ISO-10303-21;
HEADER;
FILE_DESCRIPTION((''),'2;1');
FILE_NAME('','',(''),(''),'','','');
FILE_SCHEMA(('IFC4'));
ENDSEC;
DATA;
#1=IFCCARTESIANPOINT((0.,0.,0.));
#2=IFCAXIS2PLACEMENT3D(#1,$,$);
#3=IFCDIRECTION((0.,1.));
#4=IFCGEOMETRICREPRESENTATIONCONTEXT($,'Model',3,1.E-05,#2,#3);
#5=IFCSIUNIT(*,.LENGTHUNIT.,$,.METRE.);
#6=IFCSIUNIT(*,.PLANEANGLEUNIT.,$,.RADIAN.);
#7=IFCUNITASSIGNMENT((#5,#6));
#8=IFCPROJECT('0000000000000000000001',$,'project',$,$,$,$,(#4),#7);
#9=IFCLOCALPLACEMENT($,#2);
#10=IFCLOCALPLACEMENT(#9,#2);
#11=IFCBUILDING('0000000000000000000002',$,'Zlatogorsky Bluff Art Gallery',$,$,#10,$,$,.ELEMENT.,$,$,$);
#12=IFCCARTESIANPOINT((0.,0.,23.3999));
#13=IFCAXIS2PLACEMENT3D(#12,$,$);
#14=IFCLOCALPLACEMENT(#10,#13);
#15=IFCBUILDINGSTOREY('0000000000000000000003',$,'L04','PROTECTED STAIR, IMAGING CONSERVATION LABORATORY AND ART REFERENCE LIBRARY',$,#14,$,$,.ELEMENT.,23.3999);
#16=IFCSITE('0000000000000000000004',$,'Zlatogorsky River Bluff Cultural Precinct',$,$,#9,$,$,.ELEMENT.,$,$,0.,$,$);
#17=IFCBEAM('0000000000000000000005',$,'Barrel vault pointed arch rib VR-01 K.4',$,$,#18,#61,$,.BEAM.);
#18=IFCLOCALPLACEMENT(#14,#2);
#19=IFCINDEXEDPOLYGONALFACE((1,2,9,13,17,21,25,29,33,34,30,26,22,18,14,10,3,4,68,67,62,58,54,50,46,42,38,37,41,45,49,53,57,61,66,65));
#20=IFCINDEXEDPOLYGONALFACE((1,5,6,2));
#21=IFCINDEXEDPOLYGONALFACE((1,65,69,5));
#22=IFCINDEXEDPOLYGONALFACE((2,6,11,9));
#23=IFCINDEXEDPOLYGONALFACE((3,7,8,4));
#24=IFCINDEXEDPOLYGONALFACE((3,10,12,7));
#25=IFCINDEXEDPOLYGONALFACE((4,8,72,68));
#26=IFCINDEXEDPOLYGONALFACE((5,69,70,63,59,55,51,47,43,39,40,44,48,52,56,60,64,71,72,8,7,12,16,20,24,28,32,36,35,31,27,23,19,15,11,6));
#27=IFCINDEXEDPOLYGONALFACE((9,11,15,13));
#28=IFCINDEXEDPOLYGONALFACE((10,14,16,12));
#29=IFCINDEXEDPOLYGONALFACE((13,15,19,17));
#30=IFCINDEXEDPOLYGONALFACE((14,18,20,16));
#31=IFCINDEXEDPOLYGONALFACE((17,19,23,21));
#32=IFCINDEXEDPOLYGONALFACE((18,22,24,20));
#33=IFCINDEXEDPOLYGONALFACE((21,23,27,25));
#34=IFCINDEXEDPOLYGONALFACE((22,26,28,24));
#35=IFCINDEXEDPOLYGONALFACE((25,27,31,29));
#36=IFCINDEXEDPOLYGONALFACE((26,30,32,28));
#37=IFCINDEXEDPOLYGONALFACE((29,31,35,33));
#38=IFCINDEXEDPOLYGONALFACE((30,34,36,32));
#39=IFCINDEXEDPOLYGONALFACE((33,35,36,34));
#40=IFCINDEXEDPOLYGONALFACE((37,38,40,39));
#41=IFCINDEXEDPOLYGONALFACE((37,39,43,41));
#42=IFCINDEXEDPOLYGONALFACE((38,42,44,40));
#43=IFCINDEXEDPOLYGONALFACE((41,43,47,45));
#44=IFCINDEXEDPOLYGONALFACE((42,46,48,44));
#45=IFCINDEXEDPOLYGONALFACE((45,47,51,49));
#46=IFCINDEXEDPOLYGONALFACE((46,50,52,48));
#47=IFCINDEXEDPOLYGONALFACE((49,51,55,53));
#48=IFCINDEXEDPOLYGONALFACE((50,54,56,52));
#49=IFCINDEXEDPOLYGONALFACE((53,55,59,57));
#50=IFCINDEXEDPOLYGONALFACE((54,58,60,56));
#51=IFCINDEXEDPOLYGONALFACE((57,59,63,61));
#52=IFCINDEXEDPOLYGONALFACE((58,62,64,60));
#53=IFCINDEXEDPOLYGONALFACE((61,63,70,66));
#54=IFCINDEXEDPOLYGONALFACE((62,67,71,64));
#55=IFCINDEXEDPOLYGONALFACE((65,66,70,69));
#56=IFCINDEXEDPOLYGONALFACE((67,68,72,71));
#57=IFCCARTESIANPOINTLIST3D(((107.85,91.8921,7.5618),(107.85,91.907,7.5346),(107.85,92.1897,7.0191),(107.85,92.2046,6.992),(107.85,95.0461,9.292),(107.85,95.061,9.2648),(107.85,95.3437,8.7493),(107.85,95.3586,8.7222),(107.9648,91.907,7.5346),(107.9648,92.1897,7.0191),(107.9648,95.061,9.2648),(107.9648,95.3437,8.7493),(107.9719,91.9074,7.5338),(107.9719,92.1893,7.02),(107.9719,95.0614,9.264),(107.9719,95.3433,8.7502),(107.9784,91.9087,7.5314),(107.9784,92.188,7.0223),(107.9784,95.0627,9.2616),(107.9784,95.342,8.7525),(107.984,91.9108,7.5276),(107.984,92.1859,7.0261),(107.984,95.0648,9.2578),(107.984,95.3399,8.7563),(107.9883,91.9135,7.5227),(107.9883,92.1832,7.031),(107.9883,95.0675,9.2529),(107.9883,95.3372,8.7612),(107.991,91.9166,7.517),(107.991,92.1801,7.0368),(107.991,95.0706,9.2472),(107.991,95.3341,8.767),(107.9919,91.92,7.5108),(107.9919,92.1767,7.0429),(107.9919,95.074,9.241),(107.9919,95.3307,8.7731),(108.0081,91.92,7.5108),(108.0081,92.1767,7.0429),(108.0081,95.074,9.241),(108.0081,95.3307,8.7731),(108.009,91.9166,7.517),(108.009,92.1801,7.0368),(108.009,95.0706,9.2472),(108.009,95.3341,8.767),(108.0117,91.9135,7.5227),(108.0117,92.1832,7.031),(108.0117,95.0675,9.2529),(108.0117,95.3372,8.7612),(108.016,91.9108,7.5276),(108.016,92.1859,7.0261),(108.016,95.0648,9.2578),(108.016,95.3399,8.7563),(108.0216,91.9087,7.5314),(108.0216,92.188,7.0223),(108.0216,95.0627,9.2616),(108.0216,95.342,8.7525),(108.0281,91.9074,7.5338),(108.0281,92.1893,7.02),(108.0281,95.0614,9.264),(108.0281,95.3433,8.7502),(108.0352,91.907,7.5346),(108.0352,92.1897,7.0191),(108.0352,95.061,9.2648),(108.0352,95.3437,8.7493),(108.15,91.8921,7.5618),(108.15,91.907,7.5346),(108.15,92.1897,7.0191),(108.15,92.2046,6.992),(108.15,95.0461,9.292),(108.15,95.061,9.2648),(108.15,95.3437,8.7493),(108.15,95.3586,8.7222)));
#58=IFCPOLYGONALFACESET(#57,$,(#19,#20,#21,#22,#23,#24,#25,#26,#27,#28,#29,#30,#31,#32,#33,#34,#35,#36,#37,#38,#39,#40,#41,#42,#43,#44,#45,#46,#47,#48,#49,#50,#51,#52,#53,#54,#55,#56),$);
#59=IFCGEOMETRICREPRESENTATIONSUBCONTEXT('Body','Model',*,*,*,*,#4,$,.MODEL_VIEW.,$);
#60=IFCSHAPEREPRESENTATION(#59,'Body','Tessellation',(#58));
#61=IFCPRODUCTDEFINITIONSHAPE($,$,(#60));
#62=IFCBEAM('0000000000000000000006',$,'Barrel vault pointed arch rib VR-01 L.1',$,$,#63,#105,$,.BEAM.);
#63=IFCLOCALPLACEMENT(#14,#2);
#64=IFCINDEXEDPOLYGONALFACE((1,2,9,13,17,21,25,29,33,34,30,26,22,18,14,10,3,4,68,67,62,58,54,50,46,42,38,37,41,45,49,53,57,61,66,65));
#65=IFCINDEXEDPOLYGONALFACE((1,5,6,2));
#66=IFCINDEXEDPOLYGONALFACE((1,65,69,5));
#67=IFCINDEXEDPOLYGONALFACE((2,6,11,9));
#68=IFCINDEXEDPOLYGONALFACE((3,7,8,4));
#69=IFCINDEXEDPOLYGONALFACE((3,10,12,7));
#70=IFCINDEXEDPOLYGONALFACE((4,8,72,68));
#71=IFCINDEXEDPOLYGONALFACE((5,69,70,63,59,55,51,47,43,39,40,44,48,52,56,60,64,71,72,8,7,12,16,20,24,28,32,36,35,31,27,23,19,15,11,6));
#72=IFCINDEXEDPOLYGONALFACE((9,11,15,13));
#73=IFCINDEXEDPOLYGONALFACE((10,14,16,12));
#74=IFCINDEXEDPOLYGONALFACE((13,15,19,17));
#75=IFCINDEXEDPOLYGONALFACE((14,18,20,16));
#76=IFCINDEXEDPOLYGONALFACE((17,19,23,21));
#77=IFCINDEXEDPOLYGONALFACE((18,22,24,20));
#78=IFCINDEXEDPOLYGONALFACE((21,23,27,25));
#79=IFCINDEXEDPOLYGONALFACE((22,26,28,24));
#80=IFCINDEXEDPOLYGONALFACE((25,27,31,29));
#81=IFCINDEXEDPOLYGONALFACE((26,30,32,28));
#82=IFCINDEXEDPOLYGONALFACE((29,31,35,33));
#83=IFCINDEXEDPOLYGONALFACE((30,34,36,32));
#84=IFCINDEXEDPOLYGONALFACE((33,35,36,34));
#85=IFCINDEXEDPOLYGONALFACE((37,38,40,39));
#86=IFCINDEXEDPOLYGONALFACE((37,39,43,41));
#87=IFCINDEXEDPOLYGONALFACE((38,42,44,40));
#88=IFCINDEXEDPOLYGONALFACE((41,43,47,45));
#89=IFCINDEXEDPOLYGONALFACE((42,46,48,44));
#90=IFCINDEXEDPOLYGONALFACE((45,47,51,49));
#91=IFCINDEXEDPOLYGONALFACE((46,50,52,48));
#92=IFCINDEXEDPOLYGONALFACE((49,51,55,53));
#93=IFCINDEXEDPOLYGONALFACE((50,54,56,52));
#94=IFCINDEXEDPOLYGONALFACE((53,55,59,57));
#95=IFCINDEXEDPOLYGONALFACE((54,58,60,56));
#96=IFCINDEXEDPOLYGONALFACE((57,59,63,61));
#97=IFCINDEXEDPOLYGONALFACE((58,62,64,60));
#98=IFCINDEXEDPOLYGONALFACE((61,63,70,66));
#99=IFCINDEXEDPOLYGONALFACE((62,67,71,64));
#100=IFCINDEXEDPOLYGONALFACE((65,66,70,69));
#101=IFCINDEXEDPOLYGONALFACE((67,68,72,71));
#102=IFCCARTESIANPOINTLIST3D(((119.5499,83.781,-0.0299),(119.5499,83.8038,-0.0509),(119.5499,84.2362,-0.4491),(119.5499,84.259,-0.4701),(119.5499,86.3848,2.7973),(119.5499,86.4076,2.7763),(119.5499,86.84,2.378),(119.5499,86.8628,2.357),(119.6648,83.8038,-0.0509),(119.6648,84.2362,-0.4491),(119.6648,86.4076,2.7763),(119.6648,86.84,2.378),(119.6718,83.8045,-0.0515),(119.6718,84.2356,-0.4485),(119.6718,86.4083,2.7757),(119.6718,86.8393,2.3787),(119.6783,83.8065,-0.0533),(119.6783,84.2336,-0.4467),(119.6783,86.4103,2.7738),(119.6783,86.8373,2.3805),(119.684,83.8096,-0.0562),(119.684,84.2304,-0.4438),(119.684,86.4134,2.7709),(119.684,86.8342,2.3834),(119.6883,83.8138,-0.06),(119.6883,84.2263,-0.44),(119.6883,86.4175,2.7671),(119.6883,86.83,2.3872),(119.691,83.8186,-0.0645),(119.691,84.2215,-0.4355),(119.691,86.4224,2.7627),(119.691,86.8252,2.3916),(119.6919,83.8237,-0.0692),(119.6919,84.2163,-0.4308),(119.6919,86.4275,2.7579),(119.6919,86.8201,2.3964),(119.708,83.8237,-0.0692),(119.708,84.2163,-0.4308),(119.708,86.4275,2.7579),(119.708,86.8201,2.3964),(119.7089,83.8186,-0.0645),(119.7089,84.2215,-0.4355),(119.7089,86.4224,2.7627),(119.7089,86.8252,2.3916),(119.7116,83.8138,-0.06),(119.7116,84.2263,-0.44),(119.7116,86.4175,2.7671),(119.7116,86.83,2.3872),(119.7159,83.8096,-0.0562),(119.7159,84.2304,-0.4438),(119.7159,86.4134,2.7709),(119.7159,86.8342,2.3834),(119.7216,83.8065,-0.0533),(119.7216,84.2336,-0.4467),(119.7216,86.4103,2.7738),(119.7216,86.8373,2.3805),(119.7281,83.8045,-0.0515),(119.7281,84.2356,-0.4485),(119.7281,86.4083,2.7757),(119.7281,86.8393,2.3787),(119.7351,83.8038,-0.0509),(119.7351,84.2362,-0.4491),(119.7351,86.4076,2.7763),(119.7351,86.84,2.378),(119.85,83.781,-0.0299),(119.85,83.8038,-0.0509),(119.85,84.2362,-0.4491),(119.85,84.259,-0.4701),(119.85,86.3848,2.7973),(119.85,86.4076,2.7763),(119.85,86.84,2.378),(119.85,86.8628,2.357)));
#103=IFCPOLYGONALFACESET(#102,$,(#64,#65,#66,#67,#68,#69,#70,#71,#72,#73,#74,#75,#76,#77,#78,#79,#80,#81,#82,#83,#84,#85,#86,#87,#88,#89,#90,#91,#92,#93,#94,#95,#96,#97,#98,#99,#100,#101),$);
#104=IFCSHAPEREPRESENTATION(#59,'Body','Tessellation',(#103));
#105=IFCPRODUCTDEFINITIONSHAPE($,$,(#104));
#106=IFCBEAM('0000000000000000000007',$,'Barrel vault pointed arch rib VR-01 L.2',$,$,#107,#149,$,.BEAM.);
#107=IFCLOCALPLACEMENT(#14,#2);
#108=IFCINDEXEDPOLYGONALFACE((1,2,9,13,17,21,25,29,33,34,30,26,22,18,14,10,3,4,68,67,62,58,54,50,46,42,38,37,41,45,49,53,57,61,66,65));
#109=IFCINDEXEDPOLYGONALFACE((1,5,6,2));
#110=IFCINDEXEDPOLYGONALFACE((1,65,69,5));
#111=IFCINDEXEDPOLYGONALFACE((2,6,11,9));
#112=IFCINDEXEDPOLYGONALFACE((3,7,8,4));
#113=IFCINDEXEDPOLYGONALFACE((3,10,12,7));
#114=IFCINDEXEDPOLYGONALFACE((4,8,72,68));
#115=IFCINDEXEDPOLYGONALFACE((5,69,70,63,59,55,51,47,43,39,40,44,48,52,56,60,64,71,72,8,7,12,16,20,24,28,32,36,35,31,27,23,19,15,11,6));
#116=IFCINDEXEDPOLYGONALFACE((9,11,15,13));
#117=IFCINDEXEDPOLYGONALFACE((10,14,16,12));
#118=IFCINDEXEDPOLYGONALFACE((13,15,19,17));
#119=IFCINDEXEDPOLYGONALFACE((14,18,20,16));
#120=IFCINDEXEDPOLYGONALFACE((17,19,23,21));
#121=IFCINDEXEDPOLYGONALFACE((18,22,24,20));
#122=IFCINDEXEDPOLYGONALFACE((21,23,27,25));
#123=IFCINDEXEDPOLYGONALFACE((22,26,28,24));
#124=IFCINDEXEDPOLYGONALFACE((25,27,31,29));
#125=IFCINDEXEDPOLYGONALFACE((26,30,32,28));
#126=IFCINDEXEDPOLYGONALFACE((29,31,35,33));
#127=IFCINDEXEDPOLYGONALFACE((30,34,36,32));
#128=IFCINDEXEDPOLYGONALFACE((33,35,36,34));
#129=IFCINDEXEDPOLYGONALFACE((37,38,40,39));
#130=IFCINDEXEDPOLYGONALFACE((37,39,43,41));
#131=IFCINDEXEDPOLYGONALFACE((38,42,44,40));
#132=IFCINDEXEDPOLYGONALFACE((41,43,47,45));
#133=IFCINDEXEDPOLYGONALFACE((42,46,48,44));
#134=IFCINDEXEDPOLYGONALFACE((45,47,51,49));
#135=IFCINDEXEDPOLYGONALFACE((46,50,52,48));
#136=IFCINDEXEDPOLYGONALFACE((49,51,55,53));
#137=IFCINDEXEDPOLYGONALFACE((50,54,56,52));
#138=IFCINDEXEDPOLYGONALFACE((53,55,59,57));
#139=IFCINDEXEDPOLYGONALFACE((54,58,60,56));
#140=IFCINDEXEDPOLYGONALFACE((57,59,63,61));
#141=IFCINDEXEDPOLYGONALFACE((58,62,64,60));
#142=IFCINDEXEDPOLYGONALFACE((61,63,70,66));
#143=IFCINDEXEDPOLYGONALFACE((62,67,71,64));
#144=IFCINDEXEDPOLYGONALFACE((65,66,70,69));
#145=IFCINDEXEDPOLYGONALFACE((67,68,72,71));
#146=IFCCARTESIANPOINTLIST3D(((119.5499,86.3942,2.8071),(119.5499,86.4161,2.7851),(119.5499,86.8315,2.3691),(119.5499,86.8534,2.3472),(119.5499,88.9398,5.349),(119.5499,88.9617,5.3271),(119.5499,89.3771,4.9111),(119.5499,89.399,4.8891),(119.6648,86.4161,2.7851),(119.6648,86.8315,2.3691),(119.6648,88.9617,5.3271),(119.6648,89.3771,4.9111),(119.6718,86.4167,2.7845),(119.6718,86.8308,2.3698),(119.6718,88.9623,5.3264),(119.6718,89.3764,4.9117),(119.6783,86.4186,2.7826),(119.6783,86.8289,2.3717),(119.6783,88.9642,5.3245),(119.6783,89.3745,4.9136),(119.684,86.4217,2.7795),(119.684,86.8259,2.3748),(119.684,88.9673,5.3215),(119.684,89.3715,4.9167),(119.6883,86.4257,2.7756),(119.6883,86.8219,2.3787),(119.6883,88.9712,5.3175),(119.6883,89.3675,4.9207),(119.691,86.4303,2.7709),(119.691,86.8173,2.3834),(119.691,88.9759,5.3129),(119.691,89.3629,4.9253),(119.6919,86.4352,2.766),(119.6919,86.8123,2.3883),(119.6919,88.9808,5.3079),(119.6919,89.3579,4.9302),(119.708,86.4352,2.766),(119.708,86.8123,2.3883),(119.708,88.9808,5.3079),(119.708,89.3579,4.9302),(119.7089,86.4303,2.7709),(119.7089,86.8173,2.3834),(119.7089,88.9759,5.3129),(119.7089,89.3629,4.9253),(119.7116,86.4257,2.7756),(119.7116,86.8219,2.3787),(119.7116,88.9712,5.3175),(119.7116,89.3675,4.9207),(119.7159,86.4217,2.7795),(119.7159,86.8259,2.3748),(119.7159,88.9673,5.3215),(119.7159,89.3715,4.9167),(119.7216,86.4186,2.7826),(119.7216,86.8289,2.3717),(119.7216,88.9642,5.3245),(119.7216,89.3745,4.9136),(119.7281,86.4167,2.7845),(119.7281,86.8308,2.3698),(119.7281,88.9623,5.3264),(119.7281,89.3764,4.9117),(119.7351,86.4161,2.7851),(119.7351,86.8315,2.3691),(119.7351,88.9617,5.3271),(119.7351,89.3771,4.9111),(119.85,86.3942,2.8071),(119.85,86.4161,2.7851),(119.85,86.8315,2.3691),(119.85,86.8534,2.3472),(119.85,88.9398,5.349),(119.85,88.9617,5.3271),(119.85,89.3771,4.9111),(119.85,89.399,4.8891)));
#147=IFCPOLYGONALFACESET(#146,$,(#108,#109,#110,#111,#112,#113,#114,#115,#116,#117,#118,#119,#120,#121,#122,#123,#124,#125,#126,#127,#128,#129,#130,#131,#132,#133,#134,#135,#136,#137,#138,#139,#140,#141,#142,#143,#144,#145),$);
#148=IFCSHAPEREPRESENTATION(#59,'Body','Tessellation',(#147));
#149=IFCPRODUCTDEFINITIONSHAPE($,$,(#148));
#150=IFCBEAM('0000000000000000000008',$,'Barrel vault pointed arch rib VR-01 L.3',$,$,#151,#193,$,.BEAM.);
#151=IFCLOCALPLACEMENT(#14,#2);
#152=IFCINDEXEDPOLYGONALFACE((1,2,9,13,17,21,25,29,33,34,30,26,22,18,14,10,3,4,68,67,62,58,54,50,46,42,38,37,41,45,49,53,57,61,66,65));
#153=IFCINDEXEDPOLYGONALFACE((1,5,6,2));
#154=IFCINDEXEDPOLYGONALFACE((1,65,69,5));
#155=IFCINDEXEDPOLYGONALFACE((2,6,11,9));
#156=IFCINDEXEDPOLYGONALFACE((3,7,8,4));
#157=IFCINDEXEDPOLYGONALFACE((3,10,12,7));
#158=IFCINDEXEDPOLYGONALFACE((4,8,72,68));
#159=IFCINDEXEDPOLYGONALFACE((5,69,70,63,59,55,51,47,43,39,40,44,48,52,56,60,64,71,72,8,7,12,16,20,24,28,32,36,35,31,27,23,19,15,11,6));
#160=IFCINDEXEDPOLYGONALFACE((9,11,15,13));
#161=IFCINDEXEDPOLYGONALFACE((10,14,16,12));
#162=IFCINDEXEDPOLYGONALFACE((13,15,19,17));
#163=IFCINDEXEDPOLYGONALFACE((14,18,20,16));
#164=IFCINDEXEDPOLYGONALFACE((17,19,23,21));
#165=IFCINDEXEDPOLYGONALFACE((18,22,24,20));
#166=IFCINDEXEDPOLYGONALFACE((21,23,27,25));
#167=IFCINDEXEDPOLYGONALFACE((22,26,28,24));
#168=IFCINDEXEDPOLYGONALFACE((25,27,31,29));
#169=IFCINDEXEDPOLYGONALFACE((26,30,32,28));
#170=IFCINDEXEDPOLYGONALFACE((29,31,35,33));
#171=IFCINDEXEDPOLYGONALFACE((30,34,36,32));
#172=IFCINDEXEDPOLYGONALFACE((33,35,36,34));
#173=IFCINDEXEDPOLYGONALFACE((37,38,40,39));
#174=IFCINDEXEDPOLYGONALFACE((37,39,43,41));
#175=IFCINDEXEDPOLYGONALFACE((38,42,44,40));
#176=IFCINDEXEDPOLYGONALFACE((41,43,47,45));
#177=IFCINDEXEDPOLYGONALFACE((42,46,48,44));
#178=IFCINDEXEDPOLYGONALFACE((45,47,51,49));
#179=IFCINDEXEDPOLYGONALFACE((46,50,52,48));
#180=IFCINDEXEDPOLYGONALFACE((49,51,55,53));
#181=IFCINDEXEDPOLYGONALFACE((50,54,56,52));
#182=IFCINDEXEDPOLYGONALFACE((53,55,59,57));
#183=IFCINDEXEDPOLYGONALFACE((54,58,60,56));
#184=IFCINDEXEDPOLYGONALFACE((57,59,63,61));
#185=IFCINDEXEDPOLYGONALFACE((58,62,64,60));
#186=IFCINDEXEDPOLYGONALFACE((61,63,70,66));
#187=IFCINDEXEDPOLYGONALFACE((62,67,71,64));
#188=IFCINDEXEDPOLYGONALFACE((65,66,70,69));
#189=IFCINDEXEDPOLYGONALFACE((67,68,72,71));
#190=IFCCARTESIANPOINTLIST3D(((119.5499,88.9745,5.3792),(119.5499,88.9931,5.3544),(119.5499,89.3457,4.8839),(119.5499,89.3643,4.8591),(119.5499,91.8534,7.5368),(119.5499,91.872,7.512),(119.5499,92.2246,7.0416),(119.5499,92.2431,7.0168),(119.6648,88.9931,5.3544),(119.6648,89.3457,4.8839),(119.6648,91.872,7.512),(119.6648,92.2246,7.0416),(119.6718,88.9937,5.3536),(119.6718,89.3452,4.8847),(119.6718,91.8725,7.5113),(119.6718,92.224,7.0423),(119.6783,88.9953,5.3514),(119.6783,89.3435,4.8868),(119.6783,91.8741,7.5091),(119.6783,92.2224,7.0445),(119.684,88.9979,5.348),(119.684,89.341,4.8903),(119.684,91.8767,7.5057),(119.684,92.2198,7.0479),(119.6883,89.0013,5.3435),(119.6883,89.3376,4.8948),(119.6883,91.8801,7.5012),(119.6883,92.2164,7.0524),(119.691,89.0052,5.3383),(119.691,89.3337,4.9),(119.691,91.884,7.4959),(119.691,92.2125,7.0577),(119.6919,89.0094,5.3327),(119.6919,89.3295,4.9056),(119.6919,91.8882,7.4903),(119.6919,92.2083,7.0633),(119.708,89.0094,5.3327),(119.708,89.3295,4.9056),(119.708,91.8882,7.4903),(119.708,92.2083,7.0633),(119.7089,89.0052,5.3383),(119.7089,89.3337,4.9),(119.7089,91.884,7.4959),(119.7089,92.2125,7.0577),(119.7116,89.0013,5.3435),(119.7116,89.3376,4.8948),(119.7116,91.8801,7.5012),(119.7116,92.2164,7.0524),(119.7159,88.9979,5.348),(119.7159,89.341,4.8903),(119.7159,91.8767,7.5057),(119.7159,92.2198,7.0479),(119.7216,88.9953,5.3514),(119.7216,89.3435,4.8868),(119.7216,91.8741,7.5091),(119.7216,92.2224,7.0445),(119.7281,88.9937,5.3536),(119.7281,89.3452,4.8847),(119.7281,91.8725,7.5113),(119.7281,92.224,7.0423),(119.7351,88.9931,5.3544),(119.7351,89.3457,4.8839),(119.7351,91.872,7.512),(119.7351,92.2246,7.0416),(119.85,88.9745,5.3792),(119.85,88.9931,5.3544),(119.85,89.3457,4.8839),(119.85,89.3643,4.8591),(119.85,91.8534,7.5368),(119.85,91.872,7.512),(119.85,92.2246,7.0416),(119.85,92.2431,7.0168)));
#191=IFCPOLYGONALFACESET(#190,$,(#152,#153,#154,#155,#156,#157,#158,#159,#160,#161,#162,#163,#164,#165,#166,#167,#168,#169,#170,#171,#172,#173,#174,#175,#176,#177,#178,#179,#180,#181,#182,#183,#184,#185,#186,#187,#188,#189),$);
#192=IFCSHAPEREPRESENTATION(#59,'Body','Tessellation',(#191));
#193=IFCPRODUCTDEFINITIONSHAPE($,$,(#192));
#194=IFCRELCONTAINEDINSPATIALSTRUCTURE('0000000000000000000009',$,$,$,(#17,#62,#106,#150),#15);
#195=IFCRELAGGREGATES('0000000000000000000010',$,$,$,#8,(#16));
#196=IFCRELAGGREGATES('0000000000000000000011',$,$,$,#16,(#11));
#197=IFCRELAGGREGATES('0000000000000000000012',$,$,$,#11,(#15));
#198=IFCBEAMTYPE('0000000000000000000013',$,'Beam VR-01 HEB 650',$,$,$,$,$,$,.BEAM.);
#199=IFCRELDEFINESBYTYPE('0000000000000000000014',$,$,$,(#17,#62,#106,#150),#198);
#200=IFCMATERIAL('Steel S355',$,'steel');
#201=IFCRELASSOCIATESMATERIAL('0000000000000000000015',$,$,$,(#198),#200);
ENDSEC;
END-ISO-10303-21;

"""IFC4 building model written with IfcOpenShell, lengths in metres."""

from ifc_helpers import new_model, si_unit, direction, frame, origin, origin_2d, place, context, subcontext, project, spatial, i_section, extrude, material, material_profile, profile_set, type_object, element, save


model = new_model("IFC4")

# Units and contexts
model_context = context("Model", 3, precision=1e-05, world=origin(), true_north=direction((0.0, 1.0)))
body_context = subcontext(model_context, "Body", "Model", "MODEL_VIEW")
ifc_project = project(units=[si_unit("LENGTHUNIT", "METRE"), si_unit("PLANEANGLEUNIT", "RADIAN")], contexts=[model_context])

# Site, building, storey
site_placement = place(None, origin())
site = spatial("IfcSite", under=ifc_project, at=site_placement, Name="Zlatogorsky River Bluff Cultural Precinct", CompositionType="ELEMENT", RefElevation=0.0)
building_placement = place(site_placement, origin())
building = spatial("IfcBuilding", under=site, at=building_placement, Name="Zlatogorsky Bluff Art Gallery", CompositionType="ELEMENT")
storey_placement = place(building_placement, frame((0.0, 0.0, 23.3999)))
storey = spatial("IfcBuildingStorey", under=building, at=storey_placement, Name="L04", Description="PROTECTED STAIR, IMAGING CONSERVATION LABORATORY AND ART REFERENCE LIBRARY", CompositionType="ELEMENT", Elevation=23.3999)

# Shared definitions
ifc_material_1 = material(Name="Steel S355", Category="steel")

# Beams
ifc_material_profile_1 = material_profile(ifc_material_1, i_section(OverallWidth=0.3, OverallDepth=0.6499, WebThickness=0.0161, FlangeThickness=0.031, FilletRadius=0.0271, at=origin_2d()), Name="HEB 650")
ifc_profile_set_1 = profile_set([ifc_material_profile_1], Name="Steel S355")
beam_type_1 = type_object("IfcBeamType", Name="Beam VR-01 HEB 650", PredefinedType="BEAM", material=ifc_profile_set_1)
beam_1_placement = place(storey_placement, frame((108.0, 92.0483, 7.2769), z_axis=(0.0, 0.876744, 0.480957), x_axis=(-1.0, 0.0, 0.0)))
element("IfcBeam", 1, at=beam_1_placement, inside=storey, type_object=beam_type_1, Name="Barrel vault pointed arch rib VR-01 K.4", PredefinedType="BEAM", context=body_context, shape_type="SweptSolid", body=[
    extrude(i_section(OverallWidth=0.3, OverallDepth=0.6499, WebThickness=0.0161, FlangeThickness=0.031, FilletRadius=0.0271, at=origin_2d()), origin(), (0.0, 0.0, 1.0), 3.5974),
])
beam_2_placement = place(storey_placement, frame((119.7, 84.02, -0.25), z_axis=(0.0, 0.677449, 0.73557), x_axis=(-1.0, 0.0, 0.0)))
element("IfcBeam", 2, at=beam_2_placement, inside=storey, type_object=beam_type_1, Name="Barrel vault pointed arch rib VR-01 L.1", PredefinedType="BEAM", context=body_context, shape_type="SweptSolid", body=[
    extrude(i_section(OverallWidth=0.3, OverallDepth=0.6499, WebThickness=0.0161, FlangeThickness=0.031, FilletRadius=0.0271, at=origin_2d()), origin(), (0.0, 0.0, 1.0), 3.8435),
])
beam_3_placement = place(storey_placement, frame((119.7, 86.6238, 2.5771), z_axis=(0.0, 0.707616, 0.706598), x_axis=(-1.0, 0.0, 0.0)))
element("IfcBeam", 3, at=beam_3_placement, inside=storey, type_object=beam_type_1, Name="Barrel vault pointed arch rib VR-01 L.2", PredefinedType="BEAM", context=body_context, shape_type="SweptSolid", body=[
    extrude(i_section(OverallWidth=0.3, OverallDepth=0.6499, WebThickness=0.0161, FlangeThickness=0.031, FilletRadius=0.0271, at=origin_2d()), origin(), (0.0, 0.0, 1.0), 3.5974),
])
beam_4_placement = place(storey_placement, frame((119.7, 89.1694, 5.1191), z_axis=(0.0, 0.800195, 0.599739), x_axis=(-1.0, 0.0, 0.0)))
element("IfcBeam", 4, at=beam_4_placement, inside=storey, type_object=beam_type_1, Name="Barrel vault pointed arch rib VR-01 L.3", PredefinedType="BEAM", context=body_context, shape_type="SweptSolid", body=[
    extrude(i_section(OverallWidth=0.3, OverallDepth=0.6499, WebThickness=0.0161, FlangeThickness=0.031, FilletRadius=0.0271, at=origin_2d()), origin(), (0.0, 0.0, 1.0), 3.5977),
])

save(model, "model.ifc")
